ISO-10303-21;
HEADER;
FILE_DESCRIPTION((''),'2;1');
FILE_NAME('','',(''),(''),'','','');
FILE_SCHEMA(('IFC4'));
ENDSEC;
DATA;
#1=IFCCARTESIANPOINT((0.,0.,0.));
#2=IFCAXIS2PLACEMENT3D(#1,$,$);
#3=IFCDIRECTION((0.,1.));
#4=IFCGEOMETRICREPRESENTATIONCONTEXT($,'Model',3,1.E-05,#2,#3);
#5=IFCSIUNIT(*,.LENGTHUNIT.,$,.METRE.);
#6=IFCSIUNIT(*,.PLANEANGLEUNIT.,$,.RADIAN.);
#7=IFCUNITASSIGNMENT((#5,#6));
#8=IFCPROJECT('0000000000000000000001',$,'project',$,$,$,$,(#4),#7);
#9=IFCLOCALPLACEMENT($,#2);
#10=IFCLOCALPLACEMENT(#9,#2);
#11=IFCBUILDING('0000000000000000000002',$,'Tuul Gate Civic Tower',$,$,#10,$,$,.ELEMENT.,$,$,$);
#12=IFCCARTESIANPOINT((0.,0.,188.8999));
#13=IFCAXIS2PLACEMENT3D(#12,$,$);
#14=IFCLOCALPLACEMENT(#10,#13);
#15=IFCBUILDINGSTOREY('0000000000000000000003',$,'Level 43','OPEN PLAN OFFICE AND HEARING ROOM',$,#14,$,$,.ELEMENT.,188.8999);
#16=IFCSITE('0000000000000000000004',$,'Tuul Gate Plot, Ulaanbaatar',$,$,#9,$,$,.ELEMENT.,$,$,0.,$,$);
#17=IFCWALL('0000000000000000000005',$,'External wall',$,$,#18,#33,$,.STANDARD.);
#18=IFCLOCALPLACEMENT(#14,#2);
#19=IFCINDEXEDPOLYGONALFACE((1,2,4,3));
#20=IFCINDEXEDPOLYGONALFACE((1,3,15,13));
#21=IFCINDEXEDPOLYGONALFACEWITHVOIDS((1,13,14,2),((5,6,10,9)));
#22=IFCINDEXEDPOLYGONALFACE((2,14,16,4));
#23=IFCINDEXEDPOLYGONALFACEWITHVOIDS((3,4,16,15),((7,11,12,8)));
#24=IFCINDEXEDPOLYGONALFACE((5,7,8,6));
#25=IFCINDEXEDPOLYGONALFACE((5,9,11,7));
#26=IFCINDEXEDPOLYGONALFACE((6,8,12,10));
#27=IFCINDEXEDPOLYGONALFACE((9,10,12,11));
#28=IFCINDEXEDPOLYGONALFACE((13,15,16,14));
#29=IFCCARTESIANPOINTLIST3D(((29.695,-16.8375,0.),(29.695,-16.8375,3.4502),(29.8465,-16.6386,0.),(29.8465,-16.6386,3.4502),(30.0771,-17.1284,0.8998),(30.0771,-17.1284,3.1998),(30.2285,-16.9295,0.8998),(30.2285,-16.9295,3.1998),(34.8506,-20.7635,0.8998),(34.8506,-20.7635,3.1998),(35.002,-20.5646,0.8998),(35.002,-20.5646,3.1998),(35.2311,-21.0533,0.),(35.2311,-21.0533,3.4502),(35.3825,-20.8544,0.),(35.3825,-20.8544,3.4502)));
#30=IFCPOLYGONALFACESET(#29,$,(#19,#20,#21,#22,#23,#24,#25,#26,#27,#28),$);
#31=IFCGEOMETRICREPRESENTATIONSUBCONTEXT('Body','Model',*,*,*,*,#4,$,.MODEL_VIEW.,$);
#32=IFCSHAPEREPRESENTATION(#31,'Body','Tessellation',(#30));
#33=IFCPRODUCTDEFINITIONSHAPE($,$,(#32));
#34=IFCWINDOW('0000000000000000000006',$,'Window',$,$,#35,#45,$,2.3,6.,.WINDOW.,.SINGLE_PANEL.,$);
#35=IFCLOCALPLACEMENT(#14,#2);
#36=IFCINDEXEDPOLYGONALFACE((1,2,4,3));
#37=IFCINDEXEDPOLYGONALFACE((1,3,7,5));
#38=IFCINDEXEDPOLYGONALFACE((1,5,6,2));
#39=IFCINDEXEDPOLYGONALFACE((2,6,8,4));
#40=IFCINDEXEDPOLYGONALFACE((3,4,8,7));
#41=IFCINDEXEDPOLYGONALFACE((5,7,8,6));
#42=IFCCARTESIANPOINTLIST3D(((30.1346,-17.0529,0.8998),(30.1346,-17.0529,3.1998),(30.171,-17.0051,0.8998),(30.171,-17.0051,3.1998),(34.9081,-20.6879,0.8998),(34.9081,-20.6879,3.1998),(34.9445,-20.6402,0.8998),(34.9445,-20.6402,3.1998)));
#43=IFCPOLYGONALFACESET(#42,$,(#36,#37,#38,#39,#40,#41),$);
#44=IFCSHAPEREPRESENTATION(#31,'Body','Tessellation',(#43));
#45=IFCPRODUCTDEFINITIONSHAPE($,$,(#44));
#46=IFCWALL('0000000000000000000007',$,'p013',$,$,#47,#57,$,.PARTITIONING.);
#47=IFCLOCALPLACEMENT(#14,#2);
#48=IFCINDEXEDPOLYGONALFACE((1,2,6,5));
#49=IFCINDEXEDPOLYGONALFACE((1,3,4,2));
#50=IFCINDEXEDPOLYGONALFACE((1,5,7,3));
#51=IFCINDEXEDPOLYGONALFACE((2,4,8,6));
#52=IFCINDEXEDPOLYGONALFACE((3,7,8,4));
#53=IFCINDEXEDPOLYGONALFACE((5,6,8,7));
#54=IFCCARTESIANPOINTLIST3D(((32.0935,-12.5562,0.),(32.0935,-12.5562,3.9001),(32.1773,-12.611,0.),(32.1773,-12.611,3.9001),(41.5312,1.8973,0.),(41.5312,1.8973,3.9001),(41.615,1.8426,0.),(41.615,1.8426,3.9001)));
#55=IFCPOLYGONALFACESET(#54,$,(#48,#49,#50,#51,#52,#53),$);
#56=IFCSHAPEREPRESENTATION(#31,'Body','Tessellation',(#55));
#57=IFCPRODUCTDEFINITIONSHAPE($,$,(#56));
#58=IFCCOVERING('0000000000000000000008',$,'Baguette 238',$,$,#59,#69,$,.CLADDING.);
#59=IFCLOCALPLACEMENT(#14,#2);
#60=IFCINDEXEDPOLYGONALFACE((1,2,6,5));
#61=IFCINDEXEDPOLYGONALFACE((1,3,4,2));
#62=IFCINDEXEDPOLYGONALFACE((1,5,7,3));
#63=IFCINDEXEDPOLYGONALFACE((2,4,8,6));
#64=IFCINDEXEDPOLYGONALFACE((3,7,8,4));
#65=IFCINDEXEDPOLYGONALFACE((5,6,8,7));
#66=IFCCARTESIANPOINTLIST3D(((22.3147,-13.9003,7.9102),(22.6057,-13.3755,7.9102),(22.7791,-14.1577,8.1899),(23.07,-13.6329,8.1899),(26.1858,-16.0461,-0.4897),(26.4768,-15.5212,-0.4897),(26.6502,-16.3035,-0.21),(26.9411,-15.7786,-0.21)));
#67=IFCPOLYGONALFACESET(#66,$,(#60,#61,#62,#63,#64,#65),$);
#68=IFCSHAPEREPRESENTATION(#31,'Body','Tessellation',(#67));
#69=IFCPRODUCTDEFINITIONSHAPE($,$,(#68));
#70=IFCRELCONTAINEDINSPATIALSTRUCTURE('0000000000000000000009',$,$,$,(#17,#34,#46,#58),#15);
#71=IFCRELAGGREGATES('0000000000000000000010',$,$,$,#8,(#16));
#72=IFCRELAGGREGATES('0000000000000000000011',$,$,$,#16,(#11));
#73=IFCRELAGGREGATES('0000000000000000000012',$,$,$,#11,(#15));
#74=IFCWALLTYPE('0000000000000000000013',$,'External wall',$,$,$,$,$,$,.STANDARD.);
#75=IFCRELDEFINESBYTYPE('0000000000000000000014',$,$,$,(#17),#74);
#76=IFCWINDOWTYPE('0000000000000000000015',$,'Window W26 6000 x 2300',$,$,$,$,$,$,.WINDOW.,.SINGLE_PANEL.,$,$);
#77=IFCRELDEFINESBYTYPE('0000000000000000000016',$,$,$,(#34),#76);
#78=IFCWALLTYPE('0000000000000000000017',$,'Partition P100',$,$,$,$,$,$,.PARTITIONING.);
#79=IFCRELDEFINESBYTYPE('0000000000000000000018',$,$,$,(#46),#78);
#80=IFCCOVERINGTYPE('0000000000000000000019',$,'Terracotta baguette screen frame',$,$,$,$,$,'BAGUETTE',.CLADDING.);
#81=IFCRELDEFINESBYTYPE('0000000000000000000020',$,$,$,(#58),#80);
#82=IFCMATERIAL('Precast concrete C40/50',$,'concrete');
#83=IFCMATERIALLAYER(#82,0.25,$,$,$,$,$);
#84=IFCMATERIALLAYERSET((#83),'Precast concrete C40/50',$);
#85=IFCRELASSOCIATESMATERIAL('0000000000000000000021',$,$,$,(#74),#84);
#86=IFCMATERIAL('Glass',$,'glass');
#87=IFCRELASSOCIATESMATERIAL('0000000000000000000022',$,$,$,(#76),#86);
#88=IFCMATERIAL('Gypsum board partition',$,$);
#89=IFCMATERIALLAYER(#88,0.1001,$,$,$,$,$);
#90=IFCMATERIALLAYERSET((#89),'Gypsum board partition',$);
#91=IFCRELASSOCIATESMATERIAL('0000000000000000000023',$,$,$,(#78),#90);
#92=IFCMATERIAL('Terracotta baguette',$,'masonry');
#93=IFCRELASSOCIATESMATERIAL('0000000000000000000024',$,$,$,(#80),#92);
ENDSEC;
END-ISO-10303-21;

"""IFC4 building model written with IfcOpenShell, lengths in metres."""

from ifc_helpers import new_model, si_unit, direction, frame, frame_2d, origin, origin_2d, place, context, subcontext, project, spatial, rectangle, extrude, material, layer, layer_set, material_profile, profile_set, type_object, element, fill, save


model = new_model("IFC4")

# Units and contexts
model_context = context("Model", 3, precision=1e-05, world=origin(), true_north=direction((0.0, 1.0)))
body_context = subcontext(model_context, "Body", "Model", "MODEL_VIEW")
ifc_project = project(units=[si_unit("LENGTHUNIT", "METRE"), si_unit("PLANEANGLEUNIT", "RADIAN")], contexts=[model_context])

# Site, building, storey
site_placement = place(None, origin())
site = spatial("IfcSite", under=ifc_project, at=site_placement, Name="Tuul Gate Plot, Ulaanbaatar", CompositionType="ELEMENT", RefElevation=0.0)
building_placement = place(site_placement, origin())
building = spatial("IfcBuilding", under=site, at=building_placement, Name="Tuul Gate Civic Tower", CompositionType="ELEMENT")
storey_placement = place(building_placement, frame((0.0, 0.0, 188.8999)))
storey = spatial("IfcBuildingStorey", under=building, at=storey_placement, Name="Level 43", Description="OPEN PLAN OFFICE AND HEARING ROOM", CompositionType="ELEMENT", Elevation=188.8999)

# Wall, opening, window
ifc_material_1 = material(Name="Precast concrete C40/50", Category="concrete")
ifc_layer_1 = layer(ifc_material_1, 0.25)
ifc_layer_set_1 = layer_set([ifc_layer_1], Name="Precast concrete C40/50")
wall_type_1 = type_object("IfcWallType", Name="External wall", PredefinedType="STANDARD", material=ifc_layer_set_1)
ifc_material_2 = material(Name="Glass", Category="glass")
window_type = type_object("IfcWindowType", Name="Window W26 6000 x 2300", PartitioningType="SINGLE_PANEL", PredefinedType="WINDOW", material=ifc_material_2)
wall_1_placement = place(storey_placement, frame((29.7708, -16.738, 0.0), z_axis=(0.0, 0.0, 1.0), x_axis=(0.795583, -0.605844, 0.0)))
wall_1 = element("IfcWall", 1, at=wall_1_placement, inside=storey, type_object=wall_type_1, Name="External wall", PredefinedType="STANDARD", context=body_context, shape_type="SweptSolid", body=[
    extrude(rectangle(XDim=6.9585, YDim=0.25, at=frame_2d((3.4792, 0.0))), origin(), (0.0, 0.0, 1.0), 3.4502),
])
opening_1_placement = place(wall_1_placement, frame((0.4802, 0.0, 0.8999)))
opening_1 = element("IfcOpeningElement", 2, at=opening_1_placement, cuts=wall_1, PredefinedType="OPENING", context=body_context, shape_type="SweptSolid", body=[
    extrude(rectangle(XDim=6.0, YDim=2.3, at=frame_2d((3.0, 1.1499))), frame((0.0, 0.135, 0.0), z_axis=(0.0, -1.0, 0.0), x_axis=(1.0, 0.0, 0.0)), (0.0, 0.0, 1.0), 0.27),
])
window_1_placement = place(opening_1_placement, origin())
window_1 = element("IfcWindow", 3, at=window_1_placement, inside=storey, type_object=window_type, Name="Window", OverallHeight=2.3, OverallWidth=6.0, PartitioningType="SINGLE_PANEL", PredefinedType="WINDOW", context=body_context, shape_type="SweptSolid", body=[
    extrude(rectangle(XDim=6.0, YDim=2.3, at=frame_2d((3.0, 1.1499))), frame((0.0, 0.03, 0.0), z_axis=(0.0, -1.0, 0.0), x_axis=(1.0, 0.0, 0.0)), (0.0, 0.0, 1.0), 0.0601),
])
fill(opening_1, window_1)

# Wall
ifc_material_3 = material(Name="Gypsum board partition")
ifc_layer_2 = layer(ifc_material_3, 0.1001)
ifc_layer_set_2 = layer_set([ifc_layer_2], Name="Gypsum board partition")
wall_type_2 = type_object("IfcWallType", Name="Partition P100", PredefinedType="PARTITIONING", material=ifc_layer_set_2)
wall_2_placement = place(storey_placement, frame((32.1355, -12.5835, 0.0), z_axis=(0.0, 0.0, 1.0), x_axis=(0.546734, 0.837306, 0.0)))
element("IfcWall", 4, at=wall_2_placement, inside=storey, type_object=wall_type_2, Name="p013", PredefinedType="PARTITIONING", context=body_context, shape_type="SweptSolid", body=[
    extrude(rectangle(XDim=17.262, YDim=0.1001, at=frame_2d((8.6309, 0.0))), origin(), (0.0, 0.0, 1.0), 3.9001),
])

# Covering
ifc_material_4 = material(Name="Terracotta baguette", Category="masonry")
ifc_material_profile_1 = material_profile(ifc_material_4, rectangle(XDim=0.6001, YDim=0.6001, at=origin_2d()), Name="Terracotta baguette screen frame")
ifc_profile_set_1 = profile_set([ifc_material_profile_1], Name="Terracotta baguette")
covering_type = type_object("IfcCoveringType", Name="Terracotta baguette screen frame", ElementType="BAGUETTE", PredefinedType="CLADDING", material=ifc_profile_set_1)
covering_placement = place(storey_placement, frame((22.6924, -13.7666, 8.05), z_axis=(0.407714, -0.225996, -0.8847), x_axis=(0.484804, 0.874623, 0.0)))
element("IfcCovering", 5, at=covering_placement, inside=storey, type_object=covering_type, Name="Baguette 238", PredefinedType="CLADDING", context=body_context, shape_type="SweptSolid", body=[
    extrude(rectangle(XDim=0.6001, YDim=0.6001, at=origin_2d()), origin(), (0.0, 0.0, 1.0), 9.4946),
])

save(model, "model.ifc")
